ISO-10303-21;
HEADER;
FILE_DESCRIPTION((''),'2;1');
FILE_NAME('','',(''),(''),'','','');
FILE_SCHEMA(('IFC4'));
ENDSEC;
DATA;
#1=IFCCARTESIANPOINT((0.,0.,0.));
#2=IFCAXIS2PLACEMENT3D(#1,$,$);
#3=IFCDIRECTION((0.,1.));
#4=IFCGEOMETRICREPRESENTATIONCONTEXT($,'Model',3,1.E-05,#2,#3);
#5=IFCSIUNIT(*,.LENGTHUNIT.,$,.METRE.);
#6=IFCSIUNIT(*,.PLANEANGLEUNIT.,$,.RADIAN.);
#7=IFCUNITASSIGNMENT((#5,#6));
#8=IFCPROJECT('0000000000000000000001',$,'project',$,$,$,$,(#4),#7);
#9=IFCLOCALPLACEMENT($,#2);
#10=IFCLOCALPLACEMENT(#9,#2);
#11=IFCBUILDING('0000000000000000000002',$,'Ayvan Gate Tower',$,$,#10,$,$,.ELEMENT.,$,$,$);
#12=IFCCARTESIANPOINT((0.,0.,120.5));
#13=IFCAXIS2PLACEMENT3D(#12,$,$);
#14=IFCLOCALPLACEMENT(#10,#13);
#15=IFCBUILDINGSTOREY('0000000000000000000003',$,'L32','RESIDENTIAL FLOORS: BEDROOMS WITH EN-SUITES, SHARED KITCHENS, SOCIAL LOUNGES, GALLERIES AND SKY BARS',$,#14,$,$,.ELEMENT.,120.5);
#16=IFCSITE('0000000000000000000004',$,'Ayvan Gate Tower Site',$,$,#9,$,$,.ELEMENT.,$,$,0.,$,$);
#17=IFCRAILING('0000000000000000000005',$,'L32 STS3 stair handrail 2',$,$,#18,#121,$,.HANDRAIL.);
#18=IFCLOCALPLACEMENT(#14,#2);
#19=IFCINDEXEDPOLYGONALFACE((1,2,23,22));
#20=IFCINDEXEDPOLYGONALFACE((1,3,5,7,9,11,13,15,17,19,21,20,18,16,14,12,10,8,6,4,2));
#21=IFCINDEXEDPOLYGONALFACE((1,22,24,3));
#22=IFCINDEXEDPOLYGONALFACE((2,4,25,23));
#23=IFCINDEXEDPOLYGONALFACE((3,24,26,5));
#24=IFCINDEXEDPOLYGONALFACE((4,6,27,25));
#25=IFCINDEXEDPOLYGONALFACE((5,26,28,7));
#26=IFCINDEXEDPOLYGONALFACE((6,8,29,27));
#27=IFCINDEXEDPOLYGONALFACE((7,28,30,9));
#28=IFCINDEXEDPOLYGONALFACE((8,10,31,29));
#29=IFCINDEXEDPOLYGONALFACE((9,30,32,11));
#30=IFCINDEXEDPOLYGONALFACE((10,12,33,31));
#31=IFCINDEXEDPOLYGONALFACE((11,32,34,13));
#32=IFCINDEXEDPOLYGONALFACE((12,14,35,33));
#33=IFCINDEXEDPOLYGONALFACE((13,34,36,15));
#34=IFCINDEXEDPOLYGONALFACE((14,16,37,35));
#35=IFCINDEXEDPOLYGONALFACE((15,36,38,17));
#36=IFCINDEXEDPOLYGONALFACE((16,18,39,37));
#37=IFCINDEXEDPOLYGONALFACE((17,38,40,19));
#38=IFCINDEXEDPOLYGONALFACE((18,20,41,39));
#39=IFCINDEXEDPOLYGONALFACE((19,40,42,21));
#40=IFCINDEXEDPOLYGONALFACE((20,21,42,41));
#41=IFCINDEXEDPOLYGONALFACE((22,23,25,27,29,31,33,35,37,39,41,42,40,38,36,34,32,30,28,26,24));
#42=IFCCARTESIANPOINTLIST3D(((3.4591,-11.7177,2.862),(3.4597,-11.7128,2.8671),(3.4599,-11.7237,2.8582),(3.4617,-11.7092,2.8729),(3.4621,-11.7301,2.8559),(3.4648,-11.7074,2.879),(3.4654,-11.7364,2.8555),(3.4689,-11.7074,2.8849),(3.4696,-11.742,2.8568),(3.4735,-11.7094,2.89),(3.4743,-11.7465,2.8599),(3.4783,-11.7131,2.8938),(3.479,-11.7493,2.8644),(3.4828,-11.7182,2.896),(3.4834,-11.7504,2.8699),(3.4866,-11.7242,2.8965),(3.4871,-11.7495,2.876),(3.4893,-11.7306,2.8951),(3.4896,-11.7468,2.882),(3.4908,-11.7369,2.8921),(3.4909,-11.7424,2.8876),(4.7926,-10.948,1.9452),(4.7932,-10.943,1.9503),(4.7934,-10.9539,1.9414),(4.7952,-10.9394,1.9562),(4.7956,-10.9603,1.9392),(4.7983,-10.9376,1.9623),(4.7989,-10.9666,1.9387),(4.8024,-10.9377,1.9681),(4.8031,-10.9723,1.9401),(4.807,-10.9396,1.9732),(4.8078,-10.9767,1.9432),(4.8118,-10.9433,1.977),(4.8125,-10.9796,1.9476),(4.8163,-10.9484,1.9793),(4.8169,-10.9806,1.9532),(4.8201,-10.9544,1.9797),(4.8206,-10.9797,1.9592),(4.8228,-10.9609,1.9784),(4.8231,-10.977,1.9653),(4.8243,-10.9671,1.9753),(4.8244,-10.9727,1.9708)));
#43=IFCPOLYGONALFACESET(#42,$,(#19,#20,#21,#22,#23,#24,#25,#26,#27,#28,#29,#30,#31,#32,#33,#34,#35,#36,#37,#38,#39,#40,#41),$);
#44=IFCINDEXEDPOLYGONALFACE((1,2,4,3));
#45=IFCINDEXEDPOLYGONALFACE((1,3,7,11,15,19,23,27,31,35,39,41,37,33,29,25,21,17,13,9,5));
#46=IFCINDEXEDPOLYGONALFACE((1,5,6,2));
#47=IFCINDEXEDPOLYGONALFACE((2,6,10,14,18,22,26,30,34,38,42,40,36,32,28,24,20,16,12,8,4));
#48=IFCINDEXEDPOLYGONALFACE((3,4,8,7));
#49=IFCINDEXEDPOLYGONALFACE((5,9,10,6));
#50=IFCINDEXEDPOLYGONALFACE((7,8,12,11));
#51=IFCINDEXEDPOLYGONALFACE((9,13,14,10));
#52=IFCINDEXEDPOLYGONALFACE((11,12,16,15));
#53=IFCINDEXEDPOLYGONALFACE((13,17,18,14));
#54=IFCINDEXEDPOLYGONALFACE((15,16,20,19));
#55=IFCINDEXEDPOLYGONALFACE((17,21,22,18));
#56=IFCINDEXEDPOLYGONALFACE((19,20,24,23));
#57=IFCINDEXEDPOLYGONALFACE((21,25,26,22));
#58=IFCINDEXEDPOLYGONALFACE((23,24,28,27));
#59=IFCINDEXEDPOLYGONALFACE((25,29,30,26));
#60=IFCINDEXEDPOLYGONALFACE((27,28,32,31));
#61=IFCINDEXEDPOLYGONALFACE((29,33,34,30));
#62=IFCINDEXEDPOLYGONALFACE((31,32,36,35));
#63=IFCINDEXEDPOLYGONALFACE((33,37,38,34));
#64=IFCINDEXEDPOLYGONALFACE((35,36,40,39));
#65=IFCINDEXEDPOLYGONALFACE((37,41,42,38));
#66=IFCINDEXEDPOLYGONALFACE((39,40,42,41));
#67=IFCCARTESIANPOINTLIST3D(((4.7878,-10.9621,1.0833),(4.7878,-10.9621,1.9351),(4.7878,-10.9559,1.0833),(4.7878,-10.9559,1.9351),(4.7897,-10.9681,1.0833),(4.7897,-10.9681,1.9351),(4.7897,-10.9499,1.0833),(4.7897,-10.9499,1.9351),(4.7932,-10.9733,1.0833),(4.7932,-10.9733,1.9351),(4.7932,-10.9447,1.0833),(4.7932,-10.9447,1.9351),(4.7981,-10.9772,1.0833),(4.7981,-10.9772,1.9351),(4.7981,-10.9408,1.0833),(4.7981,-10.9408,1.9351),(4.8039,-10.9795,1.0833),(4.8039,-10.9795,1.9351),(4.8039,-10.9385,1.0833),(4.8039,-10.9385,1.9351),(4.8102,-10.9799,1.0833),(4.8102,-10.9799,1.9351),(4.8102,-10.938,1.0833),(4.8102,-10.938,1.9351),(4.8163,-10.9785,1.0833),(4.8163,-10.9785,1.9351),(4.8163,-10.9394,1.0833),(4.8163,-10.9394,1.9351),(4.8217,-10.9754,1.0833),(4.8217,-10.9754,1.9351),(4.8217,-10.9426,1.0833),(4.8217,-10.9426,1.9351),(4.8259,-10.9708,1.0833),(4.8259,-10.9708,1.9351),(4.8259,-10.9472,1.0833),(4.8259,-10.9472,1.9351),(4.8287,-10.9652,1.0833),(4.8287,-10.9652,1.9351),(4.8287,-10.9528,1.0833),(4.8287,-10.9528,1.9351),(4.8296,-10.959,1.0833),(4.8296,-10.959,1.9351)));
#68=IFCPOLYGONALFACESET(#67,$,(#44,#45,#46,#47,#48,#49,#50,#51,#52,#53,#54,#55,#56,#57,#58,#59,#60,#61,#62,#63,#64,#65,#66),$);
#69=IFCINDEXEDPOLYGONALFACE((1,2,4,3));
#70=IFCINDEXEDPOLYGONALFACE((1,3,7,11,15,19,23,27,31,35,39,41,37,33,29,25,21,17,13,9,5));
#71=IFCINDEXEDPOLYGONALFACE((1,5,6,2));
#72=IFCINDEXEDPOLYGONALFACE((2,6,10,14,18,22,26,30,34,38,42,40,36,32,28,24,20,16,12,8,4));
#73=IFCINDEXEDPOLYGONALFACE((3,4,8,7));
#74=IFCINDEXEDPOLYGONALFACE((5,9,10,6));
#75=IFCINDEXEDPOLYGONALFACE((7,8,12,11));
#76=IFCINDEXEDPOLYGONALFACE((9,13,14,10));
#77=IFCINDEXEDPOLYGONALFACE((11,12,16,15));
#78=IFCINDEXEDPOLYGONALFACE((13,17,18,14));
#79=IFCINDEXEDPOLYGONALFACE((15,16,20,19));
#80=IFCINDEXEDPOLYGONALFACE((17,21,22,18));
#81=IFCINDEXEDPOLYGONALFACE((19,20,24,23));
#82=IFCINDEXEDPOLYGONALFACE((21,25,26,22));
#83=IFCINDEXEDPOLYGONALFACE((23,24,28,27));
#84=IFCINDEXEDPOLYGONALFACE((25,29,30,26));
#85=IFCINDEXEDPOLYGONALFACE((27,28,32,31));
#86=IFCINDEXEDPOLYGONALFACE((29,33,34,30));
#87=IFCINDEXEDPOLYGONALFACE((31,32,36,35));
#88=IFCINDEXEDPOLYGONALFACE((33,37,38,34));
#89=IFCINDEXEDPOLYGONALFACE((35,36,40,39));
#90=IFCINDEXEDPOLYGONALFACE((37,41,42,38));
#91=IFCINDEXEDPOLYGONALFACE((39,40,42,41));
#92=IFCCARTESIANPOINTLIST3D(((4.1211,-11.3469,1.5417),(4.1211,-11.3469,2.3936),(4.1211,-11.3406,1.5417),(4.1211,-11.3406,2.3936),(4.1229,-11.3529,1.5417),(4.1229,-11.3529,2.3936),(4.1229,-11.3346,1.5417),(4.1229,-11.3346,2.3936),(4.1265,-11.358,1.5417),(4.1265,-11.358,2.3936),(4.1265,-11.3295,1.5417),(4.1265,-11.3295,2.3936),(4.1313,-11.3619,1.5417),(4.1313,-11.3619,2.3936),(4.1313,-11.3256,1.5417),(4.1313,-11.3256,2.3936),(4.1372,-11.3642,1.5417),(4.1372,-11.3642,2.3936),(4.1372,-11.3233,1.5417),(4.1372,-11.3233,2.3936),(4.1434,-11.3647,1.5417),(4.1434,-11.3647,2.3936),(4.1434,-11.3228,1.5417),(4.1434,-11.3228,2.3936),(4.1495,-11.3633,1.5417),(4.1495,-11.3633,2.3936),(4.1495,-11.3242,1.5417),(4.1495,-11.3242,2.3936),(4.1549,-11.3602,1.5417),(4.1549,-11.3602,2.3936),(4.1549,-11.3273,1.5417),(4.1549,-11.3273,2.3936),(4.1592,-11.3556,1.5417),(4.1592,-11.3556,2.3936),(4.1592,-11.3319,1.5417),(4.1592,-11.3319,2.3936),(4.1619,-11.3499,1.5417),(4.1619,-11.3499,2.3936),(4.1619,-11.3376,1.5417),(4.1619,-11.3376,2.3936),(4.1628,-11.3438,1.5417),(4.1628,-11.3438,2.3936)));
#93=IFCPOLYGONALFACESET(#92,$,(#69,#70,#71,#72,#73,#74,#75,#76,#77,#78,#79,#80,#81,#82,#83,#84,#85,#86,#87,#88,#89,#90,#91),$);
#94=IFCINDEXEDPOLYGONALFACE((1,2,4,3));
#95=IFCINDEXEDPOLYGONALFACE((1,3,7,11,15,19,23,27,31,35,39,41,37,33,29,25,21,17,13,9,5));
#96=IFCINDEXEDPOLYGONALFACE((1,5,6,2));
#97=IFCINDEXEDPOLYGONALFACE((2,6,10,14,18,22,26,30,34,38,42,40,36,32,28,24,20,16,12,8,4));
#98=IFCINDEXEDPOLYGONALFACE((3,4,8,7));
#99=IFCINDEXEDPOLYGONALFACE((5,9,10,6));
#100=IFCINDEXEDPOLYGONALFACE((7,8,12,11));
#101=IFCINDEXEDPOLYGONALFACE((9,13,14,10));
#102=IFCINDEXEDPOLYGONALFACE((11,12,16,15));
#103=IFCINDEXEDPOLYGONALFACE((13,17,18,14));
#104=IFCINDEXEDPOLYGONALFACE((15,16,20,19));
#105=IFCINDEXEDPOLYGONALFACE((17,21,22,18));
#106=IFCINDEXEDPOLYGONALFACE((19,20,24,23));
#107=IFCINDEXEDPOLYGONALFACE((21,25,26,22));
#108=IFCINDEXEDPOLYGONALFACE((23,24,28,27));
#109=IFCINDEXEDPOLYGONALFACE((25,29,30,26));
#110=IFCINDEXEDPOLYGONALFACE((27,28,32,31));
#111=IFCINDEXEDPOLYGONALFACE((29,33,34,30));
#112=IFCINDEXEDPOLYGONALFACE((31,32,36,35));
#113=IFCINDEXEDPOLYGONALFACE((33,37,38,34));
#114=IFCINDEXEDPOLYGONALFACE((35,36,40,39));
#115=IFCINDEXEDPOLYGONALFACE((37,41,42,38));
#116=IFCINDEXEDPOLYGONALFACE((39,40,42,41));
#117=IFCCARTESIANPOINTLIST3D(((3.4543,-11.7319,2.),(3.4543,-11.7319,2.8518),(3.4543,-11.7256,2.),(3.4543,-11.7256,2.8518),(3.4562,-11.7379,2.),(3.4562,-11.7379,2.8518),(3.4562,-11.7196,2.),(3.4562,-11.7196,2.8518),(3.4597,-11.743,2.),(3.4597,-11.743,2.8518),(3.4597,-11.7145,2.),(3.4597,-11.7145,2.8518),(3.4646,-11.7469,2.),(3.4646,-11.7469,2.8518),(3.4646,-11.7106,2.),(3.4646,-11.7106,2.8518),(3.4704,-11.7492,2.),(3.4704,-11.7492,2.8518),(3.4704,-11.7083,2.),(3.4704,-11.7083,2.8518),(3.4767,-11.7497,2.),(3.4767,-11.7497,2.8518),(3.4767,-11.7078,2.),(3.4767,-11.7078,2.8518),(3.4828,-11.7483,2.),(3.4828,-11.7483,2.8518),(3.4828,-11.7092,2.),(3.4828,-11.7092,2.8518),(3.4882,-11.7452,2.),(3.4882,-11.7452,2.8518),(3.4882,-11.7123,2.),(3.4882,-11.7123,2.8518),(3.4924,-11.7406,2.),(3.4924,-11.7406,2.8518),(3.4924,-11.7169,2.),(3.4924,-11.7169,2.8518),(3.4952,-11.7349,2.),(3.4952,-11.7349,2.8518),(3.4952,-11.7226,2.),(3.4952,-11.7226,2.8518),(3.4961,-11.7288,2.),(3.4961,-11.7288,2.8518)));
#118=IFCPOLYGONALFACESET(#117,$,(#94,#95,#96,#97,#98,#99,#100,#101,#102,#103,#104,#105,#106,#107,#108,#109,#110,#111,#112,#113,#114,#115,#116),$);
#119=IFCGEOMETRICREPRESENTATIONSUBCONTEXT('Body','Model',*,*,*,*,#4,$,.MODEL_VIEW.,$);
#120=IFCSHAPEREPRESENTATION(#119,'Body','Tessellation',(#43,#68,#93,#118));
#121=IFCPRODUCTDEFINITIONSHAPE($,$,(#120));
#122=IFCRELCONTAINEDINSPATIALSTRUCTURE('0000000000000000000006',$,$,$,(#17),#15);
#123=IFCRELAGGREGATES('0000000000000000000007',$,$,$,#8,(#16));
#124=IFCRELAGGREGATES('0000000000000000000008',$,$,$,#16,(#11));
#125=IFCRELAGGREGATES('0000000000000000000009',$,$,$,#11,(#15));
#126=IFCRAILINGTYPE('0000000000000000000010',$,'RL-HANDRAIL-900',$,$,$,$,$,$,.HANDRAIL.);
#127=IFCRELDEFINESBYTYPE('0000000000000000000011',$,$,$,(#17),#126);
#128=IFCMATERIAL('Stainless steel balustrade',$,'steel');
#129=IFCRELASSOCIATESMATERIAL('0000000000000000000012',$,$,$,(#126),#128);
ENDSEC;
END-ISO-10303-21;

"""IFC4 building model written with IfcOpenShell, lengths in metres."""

from ifc_helpers import new_model, si_unit, direction, frame, origin, origin_2d, place, context, subcontext, project, spatial, circle, extrude, material, type_object, element, save


model = new_model("IFC4")

# Units and contexts
model_context = context("Model", 3, precision=1e-05, world=origin(), true_north=direction((0.0, 1.0)))
body_context = subcontext(model_context, "Body", "Model", "MODEL_VIEW")
ifc_project = project(units=[si_unit("LENGTHUNIT", "METRE"), si_unit("PLANEANGLEUNIT", "RADIAN")], contexts=[model_context])

# Site, building, storey
site_placement = place(None, origin())
site = spatial("IfcSite", under=ifc_project, at=site_placement, Name="Ayvan Gate Tower Site", CompositionType="ELEMENT", RefElevation=0.0)
building_placement = place(site_placement, origin())
building = spatial("IfcBuilding", under=site, at=building_placement, Name="Ayvan Gate Tower", CompositionType="ELEMENT")
storey_placement = place(building_placement, frame((0.0, 0.0, 120.5)))
storey = spatial("IfcBuildingStorey", under=building, at=storey_placement, Name="L32", Description="RESIDENTIAL FLOORS: BEDROOMS WITH EN-SUITES, SHARED KITCHENS, SOCIAL LOUNGES, GALLERIES AND SKY BARS", CompositionType="ELEMENT", Elevation=120.5)

# Railing
ifc_material_1 = material(Name="Stainless steel balustrade", Category="steel")
railing_type = type_object("IfcRailingType", Name="RL-HANDRAIL-900", PredefinedType="HANDRAIL", material=ifc_material_1)
railing_1_placement = place(storey_placement, frame((4.8086, -10.959, 1.0833)))
element("IfcRailing", 1, at=railing_1_placement, inside=storey, type_object=railing_type, Name="L32 STS3 stair handrail 2", PredefinedType="HANDRAIL", context=body_context, shape_type="SweptSolid", body=[
    extrude(circle(Radius=0.0239, at=origin_2d()), frame((0.0, 0.0, 0.876), z_axis=(-0.744147, -0.429567, 0.511584), x_axis=(0.499942, -0.866059, 0.0)), (0.0, 0.0, 1.0), 1.792),
    extrude(circle(Radius=0.021, at=origin_2d()), origin(), (0.0, 0.0, 1.0), 0.8518),
    extrude(circle(Radius=0.021, at=origin_2d()), frame((-0.6667, -0.3848, 0.4585)), (0.0, 0.0, 1.0), 0.8518),
    extrude(circle(Radius=0.021, at=origin_2d()), frame((-1.3335, -0.7698, 0.9167)), (0.0, 0.0, 1.0), 0.8518),
])

save(model, "model.ifc")
